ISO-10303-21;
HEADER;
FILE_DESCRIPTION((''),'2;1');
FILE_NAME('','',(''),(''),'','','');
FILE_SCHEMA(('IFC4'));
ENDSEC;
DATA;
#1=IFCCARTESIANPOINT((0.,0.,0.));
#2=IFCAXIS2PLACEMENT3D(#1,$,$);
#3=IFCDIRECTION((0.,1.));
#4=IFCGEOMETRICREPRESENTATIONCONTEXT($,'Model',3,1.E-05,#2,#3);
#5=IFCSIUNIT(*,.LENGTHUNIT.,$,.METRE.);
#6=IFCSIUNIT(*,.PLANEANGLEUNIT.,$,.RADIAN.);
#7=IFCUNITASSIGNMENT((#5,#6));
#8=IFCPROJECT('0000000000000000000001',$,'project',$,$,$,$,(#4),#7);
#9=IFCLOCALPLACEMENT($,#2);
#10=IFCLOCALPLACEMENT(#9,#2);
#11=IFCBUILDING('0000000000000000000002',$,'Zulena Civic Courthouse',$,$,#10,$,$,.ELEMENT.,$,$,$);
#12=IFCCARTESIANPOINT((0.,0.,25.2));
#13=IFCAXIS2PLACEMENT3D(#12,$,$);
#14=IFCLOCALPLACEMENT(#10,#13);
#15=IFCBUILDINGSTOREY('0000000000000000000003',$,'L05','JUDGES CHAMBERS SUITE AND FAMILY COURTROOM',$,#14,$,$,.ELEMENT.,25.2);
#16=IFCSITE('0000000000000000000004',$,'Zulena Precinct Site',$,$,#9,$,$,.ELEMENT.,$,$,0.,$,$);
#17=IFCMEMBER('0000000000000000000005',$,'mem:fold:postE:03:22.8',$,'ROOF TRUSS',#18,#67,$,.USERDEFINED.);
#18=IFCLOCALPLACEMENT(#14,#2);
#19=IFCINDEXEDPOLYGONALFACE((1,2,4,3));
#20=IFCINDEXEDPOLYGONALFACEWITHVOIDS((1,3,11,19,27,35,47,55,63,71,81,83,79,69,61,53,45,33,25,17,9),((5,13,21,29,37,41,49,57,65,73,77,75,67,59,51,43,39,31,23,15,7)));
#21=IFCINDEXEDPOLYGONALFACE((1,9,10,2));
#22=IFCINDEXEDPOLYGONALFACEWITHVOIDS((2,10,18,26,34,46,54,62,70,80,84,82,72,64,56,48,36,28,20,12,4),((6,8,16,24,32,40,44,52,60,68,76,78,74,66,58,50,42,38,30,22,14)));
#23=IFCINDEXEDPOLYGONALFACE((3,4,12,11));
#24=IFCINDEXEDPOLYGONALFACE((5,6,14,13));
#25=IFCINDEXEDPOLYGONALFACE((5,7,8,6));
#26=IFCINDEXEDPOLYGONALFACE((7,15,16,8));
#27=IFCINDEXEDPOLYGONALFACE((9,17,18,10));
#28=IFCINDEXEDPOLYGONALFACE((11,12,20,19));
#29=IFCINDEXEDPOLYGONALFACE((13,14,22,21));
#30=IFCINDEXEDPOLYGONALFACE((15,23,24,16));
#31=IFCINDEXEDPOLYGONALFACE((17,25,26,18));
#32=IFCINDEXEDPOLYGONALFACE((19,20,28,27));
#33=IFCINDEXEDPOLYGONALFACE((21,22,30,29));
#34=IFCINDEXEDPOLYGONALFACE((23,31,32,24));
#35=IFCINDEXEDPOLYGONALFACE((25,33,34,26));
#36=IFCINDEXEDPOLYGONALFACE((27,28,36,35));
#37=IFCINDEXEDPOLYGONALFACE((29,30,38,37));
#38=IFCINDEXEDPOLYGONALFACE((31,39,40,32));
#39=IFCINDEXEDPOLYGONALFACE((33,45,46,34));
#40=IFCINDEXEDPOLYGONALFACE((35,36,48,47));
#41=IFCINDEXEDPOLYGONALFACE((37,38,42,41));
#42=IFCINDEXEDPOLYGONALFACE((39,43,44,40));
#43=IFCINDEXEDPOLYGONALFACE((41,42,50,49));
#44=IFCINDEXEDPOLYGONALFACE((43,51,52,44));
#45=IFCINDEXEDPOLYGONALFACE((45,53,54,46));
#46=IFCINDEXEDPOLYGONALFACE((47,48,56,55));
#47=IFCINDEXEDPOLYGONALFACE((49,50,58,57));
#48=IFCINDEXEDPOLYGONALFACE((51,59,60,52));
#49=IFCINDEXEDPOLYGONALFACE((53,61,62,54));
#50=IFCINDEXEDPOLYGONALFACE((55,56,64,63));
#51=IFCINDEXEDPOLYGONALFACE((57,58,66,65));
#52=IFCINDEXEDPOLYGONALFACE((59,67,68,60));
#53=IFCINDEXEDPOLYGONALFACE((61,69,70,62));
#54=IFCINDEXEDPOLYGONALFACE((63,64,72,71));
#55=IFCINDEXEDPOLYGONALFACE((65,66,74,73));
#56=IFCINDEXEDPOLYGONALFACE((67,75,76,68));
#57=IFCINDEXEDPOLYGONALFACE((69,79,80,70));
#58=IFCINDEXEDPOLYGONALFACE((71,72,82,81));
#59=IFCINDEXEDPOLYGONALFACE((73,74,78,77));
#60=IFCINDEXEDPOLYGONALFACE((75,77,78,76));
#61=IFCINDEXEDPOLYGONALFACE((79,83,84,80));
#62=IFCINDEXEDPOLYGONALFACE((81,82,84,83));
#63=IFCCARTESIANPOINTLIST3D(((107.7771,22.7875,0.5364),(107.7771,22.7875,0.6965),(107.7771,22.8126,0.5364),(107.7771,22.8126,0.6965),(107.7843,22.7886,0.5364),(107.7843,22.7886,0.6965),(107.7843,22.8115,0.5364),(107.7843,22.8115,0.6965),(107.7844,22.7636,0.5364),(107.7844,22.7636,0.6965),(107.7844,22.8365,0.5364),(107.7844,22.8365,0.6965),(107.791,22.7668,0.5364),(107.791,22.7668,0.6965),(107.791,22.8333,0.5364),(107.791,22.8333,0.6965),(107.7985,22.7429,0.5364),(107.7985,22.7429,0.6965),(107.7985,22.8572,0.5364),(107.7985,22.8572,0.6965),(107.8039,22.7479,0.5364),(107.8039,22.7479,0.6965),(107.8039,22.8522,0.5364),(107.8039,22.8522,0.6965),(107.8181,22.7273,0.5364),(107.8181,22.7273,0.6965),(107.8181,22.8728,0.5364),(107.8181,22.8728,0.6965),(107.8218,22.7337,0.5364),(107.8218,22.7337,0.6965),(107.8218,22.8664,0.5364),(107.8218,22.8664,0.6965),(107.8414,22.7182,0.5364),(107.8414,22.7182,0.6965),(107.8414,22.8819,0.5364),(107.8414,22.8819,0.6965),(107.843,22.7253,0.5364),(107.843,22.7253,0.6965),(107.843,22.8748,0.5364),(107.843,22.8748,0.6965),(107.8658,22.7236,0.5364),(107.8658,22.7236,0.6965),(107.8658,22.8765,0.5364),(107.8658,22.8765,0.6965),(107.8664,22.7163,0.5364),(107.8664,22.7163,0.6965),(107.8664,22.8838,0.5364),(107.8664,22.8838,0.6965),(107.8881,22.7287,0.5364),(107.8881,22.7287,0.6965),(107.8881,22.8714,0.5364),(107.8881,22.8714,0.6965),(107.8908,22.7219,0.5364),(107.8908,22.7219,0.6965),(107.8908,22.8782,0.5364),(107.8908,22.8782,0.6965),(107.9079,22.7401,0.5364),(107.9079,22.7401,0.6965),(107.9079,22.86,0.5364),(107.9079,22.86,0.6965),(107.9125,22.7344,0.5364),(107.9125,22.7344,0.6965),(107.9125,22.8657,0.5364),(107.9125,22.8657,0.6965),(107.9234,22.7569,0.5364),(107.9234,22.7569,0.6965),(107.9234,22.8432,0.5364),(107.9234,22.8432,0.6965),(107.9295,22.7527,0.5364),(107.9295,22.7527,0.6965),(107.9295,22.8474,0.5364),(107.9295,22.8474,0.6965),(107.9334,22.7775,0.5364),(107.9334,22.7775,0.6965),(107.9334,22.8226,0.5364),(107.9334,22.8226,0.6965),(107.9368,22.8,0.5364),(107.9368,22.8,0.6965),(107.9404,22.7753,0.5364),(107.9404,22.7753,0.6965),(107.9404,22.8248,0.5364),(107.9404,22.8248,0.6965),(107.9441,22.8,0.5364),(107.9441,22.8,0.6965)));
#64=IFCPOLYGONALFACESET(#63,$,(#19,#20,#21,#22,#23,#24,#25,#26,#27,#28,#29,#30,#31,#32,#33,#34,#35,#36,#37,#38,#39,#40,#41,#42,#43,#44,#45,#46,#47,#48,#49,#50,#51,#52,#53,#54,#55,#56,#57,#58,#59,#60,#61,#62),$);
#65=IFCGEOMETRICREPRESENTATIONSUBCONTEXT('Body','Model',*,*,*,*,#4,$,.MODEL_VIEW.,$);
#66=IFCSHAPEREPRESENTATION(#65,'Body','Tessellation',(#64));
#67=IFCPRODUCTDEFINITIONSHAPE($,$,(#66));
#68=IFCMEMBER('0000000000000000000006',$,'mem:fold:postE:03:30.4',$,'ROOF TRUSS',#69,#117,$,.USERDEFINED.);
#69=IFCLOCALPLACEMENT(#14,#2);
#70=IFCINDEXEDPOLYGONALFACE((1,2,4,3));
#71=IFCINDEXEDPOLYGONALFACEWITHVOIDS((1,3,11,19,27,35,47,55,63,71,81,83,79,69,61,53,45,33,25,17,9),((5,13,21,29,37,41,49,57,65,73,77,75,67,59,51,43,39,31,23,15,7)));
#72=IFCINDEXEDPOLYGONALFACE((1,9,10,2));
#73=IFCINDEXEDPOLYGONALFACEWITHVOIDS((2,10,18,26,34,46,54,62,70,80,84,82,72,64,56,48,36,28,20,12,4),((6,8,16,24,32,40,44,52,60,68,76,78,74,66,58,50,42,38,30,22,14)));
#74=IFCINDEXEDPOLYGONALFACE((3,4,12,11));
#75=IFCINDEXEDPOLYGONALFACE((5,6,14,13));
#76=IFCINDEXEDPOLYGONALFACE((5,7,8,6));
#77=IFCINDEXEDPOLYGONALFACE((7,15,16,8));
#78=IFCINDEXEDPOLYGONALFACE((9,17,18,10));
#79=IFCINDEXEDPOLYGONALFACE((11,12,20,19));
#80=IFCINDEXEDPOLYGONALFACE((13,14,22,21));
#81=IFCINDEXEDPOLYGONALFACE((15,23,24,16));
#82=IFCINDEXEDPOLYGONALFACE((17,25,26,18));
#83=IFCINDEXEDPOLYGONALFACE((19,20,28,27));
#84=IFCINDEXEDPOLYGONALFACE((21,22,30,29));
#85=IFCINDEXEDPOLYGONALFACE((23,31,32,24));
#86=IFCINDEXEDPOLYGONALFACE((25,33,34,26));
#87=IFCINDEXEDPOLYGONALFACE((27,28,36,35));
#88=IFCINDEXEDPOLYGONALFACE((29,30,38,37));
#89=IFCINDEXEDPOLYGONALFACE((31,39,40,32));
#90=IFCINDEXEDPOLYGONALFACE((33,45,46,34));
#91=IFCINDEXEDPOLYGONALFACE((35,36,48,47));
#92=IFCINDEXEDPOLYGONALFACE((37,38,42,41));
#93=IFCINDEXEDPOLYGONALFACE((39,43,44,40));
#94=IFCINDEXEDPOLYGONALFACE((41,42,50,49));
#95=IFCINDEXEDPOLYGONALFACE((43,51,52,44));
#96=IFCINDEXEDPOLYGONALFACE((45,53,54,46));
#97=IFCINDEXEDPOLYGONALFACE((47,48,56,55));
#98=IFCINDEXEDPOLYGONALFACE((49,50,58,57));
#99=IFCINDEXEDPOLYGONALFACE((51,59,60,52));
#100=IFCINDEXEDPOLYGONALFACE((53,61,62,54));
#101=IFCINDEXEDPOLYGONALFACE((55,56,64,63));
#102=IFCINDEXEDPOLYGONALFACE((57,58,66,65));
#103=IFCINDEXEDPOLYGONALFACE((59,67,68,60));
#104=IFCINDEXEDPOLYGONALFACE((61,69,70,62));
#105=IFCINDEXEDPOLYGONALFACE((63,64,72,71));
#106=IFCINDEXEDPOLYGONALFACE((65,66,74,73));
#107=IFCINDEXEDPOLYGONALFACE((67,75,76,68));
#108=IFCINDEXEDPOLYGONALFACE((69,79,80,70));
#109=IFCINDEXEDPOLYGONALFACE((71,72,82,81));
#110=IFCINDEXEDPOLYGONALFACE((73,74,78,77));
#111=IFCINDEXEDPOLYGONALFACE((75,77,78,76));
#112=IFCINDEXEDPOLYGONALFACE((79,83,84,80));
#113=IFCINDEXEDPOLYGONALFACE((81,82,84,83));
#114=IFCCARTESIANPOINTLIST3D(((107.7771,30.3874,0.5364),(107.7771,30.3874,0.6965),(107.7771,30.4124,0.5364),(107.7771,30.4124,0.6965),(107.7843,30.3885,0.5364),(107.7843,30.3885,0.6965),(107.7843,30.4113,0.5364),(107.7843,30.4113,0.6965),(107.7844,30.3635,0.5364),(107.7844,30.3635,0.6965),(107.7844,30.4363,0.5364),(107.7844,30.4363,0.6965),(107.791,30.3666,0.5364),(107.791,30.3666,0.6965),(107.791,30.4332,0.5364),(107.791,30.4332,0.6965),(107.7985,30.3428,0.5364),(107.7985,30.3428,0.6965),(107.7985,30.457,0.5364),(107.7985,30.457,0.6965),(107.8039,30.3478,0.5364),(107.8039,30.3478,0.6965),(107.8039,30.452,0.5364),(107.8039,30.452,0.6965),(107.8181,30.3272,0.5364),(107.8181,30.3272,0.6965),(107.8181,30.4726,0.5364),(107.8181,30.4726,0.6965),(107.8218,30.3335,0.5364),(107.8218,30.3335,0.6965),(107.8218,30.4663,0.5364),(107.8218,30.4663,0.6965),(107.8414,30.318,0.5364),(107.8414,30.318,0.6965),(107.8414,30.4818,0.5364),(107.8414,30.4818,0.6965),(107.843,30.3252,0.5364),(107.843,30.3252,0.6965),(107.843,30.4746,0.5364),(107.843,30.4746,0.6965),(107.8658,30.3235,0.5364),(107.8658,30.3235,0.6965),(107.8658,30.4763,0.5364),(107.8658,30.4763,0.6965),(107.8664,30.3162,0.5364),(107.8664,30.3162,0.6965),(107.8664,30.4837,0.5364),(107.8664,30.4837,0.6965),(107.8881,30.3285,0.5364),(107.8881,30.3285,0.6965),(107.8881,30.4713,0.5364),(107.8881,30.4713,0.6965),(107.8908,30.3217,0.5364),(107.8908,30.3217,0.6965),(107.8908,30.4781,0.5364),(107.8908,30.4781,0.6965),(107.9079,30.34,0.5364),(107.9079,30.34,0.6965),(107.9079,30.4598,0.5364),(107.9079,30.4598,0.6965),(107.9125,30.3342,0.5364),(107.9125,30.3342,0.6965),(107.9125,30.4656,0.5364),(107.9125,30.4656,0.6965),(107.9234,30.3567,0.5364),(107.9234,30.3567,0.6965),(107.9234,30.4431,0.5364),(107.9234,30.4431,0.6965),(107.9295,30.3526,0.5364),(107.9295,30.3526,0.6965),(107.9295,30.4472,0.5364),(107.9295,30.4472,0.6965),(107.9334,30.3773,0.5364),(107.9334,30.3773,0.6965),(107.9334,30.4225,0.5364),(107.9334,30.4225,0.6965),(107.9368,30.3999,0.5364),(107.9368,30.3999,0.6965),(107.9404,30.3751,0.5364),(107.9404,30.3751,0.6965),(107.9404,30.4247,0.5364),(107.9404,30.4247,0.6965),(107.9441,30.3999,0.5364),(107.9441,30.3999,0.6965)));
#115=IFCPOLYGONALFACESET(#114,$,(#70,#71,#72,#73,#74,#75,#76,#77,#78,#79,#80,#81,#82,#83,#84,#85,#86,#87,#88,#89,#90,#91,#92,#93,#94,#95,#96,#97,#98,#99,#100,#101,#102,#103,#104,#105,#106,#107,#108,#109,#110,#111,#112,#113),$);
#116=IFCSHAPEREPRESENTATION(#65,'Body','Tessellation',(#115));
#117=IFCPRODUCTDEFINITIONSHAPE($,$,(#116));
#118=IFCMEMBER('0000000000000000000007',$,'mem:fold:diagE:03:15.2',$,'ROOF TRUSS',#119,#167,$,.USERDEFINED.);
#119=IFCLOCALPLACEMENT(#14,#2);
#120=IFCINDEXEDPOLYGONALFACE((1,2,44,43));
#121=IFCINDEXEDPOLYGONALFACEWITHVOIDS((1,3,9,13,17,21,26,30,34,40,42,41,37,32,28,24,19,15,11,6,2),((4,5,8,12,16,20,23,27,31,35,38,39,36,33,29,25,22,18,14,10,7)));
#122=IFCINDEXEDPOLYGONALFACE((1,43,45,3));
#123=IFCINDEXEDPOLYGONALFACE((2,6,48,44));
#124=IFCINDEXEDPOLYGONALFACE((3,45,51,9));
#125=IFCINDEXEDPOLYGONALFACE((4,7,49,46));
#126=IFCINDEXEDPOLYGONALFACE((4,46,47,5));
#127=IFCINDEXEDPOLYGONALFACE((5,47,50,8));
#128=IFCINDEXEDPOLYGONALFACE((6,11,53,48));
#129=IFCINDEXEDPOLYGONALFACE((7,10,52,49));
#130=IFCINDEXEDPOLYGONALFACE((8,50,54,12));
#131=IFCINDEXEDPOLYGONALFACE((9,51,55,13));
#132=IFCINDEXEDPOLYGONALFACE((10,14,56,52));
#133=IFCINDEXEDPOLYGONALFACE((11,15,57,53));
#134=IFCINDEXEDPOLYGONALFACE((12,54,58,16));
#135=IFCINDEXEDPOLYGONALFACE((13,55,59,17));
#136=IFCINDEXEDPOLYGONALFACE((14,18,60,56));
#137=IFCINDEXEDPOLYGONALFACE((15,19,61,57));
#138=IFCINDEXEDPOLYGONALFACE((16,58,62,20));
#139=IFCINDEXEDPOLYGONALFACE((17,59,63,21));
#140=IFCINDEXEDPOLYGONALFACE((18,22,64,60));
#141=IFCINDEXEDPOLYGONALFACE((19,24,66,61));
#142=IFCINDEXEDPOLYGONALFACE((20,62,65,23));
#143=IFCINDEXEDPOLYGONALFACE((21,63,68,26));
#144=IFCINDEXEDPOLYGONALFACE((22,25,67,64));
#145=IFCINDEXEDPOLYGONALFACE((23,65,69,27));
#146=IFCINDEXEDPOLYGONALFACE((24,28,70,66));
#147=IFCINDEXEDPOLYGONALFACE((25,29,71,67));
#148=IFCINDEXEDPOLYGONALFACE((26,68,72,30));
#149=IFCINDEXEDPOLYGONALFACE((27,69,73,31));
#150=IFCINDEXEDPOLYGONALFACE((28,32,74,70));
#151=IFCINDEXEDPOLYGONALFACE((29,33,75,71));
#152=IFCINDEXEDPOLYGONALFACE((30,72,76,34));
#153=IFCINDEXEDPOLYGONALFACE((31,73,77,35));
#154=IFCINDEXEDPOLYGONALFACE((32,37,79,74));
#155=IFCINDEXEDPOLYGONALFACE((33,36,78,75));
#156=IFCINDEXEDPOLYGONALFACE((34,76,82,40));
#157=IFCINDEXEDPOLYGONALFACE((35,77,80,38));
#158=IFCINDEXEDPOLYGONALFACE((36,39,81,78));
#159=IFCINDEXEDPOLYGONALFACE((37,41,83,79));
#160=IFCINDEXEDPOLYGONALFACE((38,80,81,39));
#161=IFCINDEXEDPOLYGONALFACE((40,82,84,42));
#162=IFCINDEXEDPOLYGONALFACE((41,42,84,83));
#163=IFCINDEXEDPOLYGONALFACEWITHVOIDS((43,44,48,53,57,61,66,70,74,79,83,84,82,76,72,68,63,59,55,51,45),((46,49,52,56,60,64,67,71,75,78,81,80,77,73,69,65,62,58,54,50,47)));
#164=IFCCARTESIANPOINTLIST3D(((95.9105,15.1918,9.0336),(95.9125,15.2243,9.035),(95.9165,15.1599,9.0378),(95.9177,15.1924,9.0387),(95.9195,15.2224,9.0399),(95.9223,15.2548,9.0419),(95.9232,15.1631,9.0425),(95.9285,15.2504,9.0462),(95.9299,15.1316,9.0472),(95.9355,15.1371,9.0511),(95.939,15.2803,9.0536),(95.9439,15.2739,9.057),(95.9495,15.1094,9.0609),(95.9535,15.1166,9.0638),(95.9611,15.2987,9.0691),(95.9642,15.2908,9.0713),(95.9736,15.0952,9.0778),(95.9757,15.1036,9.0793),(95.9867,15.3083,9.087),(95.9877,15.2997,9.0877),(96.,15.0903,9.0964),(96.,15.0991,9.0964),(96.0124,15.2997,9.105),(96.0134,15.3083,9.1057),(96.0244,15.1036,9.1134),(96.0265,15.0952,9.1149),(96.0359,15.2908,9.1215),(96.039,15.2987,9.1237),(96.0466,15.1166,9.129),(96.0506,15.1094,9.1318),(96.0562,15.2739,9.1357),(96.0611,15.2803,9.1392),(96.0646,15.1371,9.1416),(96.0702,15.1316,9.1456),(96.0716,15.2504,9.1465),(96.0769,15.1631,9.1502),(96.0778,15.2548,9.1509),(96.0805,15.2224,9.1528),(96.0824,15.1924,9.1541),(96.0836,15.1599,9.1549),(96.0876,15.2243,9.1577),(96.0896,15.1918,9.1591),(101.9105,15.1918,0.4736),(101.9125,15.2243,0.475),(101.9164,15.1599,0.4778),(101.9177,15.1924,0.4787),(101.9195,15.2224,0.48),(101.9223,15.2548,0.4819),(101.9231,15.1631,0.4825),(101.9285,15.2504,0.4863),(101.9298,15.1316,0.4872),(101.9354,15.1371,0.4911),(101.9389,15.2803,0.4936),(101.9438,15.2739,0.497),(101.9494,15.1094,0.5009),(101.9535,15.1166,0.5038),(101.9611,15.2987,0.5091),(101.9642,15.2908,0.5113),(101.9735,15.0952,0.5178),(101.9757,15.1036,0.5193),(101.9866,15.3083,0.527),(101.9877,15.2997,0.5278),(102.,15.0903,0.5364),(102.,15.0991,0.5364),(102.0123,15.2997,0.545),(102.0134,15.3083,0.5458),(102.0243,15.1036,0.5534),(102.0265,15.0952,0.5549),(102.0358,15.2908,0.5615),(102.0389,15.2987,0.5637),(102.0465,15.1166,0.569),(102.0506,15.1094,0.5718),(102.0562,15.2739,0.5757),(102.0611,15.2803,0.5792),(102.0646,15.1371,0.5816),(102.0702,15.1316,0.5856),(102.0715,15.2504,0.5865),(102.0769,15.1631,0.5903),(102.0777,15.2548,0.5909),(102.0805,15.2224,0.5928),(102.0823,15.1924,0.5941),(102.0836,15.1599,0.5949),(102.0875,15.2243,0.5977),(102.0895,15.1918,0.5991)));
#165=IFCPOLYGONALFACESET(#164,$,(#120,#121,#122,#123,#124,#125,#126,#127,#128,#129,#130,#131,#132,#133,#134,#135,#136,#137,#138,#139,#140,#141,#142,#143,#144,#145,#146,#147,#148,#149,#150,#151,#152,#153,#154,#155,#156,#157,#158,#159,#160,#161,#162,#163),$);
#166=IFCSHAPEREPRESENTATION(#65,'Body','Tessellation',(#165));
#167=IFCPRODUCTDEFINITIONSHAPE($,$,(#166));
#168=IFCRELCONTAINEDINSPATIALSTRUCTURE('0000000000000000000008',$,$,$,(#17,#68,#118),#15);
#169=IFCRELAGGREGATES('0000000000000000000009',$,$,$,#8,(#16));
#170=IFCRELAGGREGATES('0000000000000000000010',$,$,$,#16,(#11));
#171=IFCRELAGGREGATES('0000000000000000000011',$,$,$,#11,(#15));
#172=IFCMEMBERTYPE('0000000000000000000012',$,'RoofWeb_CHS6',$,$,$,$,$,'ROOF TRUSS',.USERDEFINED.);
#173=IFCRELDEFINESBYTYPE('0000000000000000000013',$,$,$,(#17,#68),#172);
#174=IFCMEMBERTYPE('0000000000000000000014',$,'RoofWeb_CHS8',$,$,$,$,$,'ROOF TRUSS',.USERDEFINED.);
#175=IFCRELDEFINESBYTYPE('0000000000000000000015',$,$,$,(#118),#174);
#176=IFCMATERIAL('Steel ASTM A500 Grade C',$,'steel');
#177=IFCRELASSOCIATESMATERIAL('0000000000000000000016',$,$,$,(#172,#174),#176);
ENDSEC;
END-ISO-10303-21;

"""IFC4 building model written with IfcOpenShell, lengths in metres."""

from ifc_helpers import new_model, si_unit, direction, frame, origin, origin_2d, place, context, subcontext, project, spatial, hollow_circle, extrude, material, material_profile, profile_set, type_object, element, save


model = new_model("IFC4")

# Units and contexts
model_context = context("Model", 3, precision=1e-05, world=origin(), true_north=direction((0.0, 1.0)))
body_context = subcontext(model_context, "Body", "Model", "MODEL_VIEW")
ifc_project = project(units=[si_unit("LENGTHUNIT", "METRE"), si_unit("PLANEANGLEUNIT", "RADIAN")], contexts=[model_context])

# Site, building, storey
site_placement = place(None, origin())
site = spatial("IfcSite", under=ifc_project, at=site_placement, Name="Zulena Precinct Site", CompositionType="ELEMENT", RefElevation=0.0)
building_placement = place(site_placement, origin())
building = spatial("IfcBuilding", under=site, at=building_placement, Name="Zulena Civic Courthouse", CompositionType="ELEMENT")
storey_placement = place(building_placement, frame((0.0, 0.0, 25.2)))
storey = spatial("IfcBuildingStorey", under=building, at=storey_placement, Name="L05", Description="JUDGES CHAMBERS SUITE AND FAMILY COURTROOM", CompositionType="ELEMENT", Elevation=25.2)

# Members
ifc_material_1 = material(Name="Steel ASTM A500 Grade C", Category="steel")
ifc_material_profile_1 = material_profile(ifc_material_1, hollow_circle(Radius=0.084, WallThickness=0.0073, at=origin_2d()), Name="HSS6.625X0.312")
ifc_profile_set_1 = profile_set([ifc_material_profile_1], Name="Steel ASTM A500 Grade C")
member_type_1 = type_object("IfcMemberType", Name="RoofWeb_CHS6", ElementType="ROOF TRUSS", PredefinedType="USERDEFINED", material=ifc_profile_set_1)
for number, where, z_axis, x_axis, name in (
    (1, (107.8601, 22.8, 0.5364), (0.0, 0.0, 1.0), (1.0, 0.0, 0.0), "mem:fold:postE:03:22.8"),
    (2, (107.8601, 30.3999, 0.5364), (0.0, 0.0, 1.0), (1.0, 0.0, 0.0), "mem:fold:postE:03:30.4"),
):
    element("IfcMember", number, at=place(storey_placement, frame(where, z_axis=z_axis, x_axis=x_axis)), inside=storey, type_object=member_type_1, Name=name, ObjectType="ROOF TRUSS", PredefinedType="USERDEFINED", context=body_context, shape_type="SweptSolid", body=[
        extrude(hollow_circle(Radius=0.084, WallThickness=0.0073, at=origin_2d()), origin(), (0.0, 0.0, 1.0), 0.1602),
    ])
ifc_material_profile_2 = material_profile(ifc_material_1, hollow_circle(Radius=0.1096, WallThickness=0.0088, at=origin_2d()), Name="HSS8.625X0.375")
ifc_profile_set_2 = profile_set([ifc_material_profile_2], Name="Steel ASTM A500 Grade C")
member_type_2 = type_object("IfcMemberType", Name="RoofWeb_CHS8", ElementType="ROOF TRUSS", PredefinedType="USERDEFINED", material=ifc_profile_set_2)
for number, where, z_axis, x_axis, name in (
    (3, (102.0, 15.2, 0.5364), (-0.573973, 0.0, 0.818874), (0.0, -1.0, 0.0), "mem:fold:diagE:03:15.2"),
):
    element("IfcMember", number, at=place(storey_placement, frame(where, z_axis=z_axis, x_axis=x_axis)), inside=storey, type_object=member_type_2, Name=name, ObjectType="ROOF TRUSS", PredefinedType="USERDEFINED", context=body_context, shape_type="SweptSolid", body=[
        extrude(hollow_circle(Radius=0.1096, WallThickness=0.0088, at=origin_2d()), origin(), (0.0, 0.0, 1.0), 10.4534),
    ])

save(model, "model.ifc")
